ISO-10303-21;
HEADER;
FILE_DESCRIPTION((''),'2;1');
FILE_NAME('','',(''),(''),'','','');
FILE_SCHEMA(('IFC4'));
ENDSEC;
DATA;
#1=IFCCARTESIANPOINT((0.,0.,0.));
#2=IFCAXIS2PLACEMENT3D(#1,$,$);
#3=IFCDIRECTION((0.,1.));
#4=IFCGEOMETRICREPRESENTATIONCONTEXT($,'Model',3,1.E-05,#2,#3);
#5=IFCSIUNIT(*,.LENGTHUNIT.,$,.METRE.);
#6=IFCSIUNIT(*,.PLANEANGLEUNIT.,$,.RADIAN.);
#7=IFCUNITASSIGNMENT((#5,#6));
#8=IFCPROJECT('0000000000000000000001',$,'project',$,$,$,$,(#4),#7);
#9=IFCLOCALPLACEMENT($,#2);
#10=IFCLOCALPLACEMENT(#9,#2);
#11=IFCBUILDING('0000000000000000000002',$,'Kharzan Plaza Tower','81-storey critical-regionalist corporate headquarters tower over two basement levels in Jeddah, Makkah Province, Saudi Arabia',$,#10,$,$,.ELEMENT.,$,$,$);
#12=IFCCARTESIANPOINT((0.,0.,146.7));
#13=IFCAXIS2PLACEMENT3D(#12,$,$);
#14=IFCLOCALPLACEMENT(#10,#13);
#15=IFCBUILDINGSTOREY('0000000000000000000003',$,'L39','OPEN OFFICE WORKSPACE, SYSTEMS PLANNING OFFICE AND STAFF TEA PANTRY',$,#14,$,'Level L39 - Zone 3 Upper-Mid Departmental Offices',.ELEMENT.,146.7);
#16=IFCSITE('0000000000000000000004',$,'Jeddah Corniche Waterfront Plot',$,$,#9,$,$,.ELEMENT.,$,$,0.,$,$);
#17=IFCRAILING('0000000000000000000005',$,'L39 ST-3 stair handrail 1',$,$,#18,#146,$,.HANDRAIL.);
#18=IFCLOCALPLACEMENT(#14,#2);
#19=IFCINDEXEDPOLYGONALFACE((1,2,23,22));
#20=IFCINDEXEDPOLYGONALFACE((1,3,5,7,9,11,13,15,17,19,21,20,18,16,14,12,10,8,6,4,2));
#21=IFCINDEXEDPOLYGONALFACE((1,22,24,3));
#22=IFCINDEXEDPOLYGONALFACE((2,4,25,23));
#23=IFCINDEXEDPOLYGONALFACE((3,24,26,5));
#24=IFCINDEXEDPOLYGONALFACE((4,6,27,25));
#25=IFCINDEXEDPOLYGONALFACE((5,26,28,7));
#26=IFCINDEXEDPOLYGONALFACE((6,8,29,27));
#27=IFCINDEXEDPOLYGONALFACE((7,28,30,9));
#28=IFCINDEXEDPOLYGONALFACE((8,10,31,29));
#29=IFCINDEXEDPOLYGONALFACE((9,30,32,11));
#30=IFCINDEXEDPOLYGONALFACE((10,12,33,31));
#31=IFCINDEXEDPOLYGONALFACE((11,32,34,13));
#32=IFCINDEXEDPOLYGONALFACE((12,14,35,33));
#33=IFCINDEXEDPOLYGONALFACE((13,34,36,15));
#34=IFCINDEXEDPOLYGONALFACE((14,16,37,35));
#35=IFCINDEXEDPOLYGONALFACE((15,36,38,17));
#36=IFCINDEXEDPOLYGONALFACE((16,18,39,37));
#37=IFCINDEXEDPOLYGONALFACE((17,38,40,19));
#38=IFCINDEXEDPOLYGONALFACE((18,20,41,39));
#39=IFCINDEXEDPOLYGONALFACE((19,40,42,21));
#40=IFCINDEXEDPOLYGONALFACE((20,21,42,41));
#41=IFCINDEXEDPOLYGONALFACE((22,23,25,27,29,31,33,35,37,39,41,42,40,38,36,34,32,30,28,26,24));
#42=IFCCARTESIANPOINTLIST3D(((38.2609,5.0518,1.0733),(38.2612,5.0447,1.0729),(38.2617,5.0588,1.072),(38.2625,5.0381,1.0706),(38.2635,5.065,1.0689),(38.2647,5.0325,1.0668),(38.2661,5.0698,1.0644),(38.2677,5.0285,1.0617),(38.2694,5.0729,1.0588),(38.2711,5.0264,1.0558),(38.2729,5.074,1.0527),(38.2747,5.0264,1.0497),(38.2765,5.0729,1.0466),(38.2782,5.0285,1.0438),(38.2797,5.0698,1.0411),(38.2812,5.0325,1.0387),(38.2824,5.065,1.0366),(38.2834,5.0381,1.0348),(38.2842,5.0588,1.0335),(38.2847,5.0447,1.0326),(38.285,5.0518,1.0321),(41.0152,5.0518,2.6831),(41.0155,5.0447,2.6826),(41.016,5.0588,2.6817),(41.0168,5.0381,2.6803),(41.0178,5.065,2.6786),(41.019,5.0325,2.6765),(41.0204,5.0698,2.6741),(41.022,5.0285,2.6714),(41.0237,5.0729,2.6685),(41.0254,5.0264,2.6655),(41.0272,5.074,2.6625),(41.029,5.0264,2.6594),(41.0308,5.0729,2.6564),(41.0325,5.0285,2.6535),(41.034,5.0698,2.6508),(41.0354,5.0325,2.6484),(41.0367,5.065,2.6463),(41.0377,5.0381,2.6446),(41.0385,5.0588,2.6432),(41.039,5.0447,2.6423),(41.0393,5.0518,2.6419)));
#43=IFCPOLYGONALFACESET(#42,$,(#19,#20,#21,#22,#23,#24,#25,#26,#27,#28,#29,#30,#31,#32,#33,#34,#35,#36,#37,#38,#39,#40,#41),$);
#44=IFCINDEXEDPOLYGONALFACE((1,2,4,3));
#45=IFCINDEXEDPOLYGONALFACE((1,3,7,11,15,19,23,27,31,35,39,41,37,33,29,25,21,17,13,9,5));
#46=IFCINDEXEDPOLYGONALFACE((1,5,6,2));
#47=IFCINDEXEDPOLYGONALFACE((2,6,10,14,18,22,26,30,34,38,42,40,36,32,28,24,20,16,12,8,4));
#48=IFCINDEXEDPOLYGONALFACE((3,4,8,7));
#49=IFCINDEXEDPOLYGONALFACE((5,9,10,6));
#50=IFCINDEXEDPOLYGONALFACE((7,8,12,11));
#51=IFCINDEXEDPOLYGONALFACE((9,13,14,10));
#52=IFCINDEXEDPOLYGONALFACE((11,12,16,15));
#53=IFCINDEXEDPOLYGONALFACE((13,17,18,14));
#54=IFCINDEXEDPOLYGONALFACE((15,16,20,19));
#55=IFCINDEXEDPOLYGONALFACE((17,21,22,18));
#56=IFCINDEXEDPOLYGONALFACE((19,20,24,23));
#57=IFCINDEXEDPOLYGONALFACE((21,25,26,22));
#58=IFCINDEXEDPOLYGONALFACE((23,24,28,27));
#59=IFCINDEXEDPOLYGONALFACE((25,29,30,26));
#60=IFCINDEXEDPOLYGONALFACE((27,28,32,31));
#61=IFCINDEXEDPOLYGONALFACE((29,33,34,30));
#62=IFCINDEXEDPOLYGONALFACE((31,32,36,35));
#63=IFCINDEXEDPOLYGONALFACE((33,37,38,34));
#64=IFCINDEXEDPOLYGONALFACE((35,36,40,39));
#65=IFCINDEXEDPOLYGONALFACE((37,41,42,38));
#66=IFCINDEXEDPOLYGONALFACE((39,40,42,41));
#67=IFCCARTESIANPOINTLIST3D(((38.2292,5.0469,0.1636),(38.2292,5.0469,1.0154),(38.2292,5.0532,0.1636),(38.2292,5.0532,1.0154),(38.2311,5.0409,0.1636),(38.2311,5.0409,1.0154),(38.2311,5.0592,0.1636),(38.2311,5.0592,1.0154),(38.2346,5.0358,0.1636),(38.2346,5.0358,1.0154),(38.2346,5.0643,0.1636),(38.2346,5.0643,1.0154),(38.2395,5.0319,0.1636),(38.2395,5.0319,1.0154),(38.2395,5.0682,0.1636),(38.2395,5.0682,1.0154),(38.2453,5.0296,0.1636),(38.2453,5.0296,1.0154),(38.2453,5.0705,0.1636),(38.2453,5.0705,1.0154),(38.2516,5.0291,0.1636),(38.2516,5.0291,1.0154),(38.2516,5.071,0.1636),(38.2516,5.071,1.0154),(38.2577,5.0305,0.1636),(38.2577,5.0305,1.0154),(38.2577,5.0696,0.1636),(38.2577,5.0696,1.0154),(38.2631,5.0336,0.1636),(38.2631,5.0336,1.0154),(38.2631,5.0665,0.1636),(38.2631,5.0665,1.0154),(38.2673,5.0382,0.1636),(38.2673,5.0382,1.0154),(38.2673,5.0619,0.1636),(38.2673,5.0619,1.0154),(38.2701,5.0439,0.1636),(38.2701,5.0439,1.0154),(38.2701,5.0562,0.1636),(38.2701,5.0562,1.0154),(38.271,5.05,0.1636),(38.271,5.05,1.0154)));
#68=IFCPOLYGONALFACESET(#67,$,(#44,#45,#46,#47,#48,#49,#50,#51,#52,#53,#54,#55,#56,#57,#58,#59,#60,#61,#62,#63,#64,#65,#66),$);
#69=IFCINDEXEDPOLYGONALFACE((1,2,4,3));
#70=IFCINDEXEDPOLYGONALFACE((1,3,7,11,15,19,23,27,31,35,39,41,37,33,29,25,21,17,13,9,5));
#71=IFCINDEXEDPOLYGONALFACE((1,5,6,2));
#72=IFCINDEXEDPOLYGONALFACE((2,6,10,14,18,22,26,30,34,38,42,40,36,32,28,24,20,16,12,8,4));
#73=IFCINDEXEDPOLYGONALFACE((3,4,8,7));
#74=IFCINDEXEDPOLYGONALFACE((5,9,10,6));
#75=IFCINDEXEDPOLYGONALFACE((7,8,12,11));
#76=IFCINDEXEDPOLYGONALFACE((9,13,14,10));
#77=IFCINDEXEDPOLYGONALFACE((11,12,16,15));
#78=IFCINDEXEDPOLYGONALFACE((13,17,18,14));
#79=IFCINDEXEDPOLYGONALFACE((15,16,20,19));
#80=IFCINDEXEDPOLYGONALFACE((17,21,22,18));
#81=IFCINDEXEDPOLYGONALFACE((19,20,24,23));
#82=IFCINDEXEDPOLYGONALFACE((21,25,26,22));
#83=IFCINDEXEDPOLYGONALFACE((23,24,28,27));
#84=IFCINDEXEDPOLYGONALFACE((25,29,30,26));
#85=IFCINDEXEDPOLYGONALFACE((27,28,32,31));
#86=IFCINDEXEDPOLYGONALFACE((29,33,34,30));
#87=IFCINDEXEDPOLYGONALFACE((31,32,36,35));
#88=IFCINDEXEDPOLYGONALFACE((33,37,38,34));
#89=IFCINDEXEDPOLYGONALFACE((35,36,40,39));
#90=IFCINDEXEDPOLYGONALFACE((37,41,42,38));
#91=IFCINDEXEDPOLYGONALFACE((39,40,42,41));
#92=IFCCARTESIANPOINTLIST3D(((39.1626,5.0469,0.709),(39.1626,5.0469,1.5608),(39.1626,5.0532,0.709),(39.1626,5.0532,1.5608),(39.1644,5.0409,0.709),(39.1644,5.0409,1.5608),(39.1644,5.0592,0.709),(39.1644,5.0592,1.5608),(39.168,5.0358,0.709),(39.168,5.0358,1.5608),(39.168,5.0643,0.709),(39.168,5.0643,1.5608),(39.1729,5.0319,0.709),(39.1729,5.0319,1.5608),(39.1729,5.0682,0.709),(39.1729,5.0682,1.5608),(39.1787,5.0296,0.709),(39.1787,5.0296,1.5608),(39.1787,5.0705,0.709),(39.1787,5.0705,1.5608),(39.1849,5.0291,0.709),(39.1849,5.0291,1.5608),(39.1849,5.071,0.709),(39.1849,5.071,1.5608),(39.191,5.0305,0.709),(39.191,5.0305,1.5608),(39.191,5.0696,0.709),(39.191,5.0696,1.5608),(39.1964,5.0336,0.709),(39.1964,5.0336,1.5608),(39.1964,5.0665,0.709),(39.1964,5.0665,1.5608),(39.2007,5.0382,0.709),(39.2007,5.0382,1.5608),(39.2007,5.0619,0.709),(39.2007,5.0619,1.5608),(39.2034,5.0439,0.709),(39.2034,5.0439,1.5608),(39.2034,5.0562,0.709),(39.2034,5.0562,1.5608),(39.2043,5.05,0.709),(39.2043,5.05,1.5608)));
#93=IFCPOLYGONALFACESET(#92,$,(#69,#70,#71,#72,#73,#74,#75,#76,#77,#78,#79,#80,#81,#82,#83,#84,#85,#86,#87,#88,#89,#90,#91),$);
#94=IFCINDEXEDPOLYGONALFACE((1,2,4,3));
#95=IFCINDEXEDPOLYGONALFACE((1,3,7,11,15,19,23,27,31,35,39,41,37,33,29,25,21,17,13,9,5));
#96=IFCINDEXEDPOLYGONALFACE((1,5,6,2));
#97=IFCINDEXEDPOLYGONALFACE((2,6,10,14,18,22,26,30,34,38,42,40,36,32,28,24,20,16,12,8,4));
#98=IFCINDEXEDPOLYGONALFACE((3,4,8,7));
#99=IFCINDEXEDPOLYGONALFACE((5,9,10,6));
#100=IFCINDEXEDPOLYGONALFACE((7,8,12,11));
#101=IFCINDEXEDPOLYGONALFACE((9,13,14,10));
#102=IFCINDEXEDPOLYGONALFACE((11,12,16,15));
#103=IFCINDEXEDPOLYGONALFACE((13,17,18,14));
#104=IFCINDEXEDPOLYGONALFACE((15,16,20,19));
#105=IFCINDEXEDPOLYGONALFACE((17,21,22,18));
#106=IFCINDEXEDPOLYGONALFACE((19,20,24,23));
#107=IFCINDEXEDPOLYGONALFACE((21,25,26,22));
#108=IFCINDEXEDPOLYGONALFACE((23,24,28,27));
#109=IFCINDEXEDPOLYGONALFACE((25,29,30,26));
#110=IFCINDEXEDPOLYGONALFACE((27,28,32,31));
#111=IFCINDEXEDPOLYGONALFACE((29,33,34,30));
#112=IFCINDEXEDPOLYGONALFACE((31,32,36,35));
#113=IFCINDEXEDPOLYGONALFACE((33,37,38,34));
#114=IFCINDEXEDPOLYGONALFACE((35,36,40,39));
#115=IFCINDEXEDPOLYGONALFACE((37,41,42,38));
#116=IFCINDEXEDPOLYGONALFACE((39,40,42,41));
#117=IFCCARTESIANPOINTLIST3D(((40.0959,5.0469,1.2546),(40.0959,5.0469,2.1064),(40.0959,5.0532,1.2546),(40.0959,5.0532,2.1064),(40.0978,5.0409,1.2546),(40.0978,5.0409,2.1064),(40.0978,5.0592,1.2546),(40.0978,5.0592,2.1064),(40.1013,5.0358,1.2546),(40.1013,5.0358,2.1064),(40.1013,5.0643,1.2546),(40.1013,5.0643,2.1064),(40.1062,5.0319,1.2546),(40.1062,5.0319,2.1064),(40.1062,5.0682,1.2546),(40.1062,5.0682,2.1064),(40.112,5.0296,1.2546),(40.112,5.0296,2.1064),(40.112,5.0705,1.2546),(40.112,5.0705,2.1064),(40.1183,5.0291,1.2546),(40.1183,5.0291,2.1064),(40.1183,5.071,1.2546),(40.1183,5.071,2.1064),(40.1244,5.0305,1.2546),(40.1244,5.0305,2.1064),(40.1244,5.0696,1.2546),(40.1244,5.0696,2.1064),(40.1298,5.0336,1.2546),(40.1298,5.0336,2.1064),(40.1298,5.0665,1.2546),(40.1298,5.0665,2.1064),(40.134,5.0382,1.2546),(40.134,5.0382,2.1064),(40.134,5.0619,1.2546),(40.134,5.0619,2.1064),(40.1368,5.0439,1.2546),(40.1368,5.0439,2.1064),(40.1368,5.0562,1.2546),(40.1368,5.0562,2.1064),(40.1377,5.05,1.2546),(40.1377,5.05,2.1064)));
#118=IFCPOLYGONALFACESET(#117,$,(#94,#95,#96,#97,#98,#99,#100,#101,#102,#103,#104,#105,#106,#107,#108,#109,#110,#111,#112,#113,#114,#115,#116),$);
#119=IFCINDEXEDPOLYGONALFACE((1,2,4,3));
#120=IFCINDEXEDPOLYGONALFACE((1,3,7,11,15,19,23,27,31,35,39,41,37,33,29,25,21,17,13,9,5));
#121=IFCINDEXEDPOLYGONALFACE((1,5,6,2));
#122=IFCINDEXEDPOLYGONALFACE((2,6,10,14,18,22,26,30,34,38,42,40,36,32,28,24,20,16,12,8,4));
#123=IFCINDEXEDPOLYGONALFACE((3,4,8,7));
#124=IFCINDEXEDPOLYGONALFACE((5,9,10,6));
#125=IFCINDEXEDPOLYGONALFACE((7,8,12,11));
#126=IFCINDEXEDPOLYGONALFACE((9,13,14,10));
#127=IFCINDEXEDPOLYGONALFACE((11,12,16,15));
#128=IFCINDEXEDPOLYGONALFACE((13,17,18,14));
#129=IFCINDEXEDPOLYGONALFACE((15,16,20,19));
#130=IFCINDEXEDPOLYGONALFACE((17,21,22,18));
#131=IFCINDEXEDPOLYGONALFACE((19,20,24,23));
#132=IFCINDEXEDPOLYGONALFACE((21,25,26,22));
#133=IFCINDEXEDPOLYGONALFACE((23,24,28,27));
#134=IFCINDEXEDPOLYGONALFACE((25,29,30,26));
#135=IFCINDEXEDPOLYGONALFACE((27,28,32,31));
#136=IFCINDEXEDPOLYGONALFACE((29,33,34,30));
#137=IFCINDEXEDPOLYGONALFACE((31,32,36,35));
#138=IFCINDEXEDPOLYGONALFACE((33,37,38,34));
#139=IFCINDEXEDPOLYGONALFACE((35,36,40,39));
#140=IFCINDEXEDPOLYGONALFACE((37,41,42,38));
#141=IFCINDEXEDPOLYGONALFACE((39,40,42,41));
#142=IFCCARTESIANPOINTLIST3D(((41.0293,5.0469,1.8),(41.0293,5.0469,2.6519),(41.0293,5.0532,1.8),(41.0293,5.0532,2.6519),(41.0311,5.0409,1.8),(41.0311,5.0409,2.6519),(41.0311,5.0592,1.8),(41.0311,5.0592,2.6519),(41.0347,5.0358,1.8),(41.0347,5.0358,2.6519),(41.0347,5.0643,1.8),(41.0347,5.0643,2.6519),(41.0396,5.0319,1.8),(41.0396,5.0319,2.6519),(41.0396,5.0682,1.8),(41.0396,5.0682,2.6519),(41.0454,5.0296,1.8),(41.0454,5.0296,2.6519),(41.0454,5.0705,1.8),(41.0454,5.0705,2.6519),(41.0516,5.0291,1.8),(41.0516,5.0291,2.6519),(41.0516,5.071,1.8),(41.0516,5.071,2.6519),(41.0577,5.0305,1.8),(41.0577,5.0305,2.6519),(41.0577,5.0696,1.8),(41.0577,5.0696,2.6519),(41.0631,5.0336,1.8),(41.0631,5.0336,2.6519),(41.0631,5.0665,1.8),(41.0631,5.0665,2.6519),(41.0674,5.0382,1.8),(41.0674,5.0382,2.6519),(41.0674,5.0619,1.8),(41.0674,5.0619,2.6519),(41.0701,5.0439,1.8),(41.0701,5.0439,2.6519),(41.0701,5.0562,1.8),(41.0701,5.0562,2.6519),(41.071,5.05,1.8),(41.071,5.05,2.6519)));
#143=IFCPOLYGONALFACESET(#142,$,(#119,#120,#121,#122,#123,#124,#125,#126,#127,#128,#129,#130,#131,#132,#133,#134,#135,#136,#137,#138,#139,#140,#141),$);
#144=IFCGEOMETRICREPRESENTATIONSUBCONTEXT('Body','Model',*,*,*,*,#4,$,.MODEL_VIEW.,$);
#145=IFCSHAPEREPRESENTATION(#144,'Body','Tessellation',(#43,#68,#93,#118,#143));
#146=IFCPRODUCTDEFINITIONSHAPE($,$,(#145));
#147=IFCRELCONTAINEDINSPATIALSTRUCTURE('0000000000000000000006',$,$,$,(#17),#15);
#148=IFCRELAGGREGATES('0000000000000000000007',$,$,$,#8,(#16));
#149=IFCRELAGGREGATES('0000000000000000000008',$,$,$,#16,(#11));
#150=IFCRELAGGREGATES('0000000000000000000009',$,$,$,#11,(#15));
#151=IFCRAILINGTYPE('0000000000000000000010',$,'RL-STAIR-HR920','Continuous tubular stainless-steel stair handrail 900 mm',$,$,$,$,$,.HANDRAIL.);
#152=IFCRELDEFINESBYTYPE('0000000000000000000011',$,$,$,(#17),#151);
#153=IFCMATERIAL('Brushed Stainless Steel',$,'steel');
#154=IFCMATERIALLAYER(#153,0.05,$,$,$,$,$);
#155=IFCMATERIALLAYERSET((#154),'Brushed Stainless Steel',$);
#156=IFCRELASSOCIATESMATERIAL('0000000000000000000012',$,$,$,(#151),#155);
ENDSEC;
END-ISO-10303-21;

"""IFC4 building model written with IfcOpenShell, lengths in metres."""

from ifc_helpers import new_model, si_unit, direction, frame, origin, origin_2d, place, context, subcontext, project, spatial, circle, extrude, source, transform, mapped, material, layer, layer_set, type_object, element, save


model = new_model("IFC4")

# Units and contexts
model_context = context("Model", 3, precision=1e-05, world=origin(), true_north=direction((0.0, 1.0)))
body_context = subcontext(model_context, "Body", "Model", "MODEL_VIEW")
ifc_project = project(units=[si_unit("LENGTHUNIT", "METRE"), si_unit("PLANEANGLEUNIT", "RADIAN")], contexts=[model_context])

# Site, building, storey
site_placement = place(None, origin())
site = spatial("IfcSite", under=ifc_project, at=site_placement, Name="Jeddah Corniche Waterfront Plot", CompositionType="ELEMENT", RefElevation=0.0)
building_placement = place(site_placement, origin())
building = spatial("IfcBuilding", under=site, at=building_placement, Name="Kharzan Plaza Tower", Description="81-storey critical-regionalist corporate headquarters tower over two basement levels in Jeddah, Makkah Province, Saudi Arabia", CompositionType="ELEMENT")
storey_placement = place(building_placement, frame((0.0, 0.0, 146.7)))
storey = spatial("IfcBuildingStorey", under=building, at=storey_placement, Name="L39", Description="OPEN OFFICE WORKSPACE, SYSTEMS PLANNING OFFICE AND STAFF TEA PANTRY", LongName="Level L39 - Zone 3 Upper-Mid Departmental Offices", CompositionType="ELEMENT", Elevation=146.7)

# Railing
ifc_material_1 = material(Name="Brushed Stainless Steel", Category="steel")
ifc_layer_1 = layer(ifc_material_1, 0.05)
ifc_layer_set_1 = layer_set([ifc_layer_1], Name="Brushed Stainless Steel")
railing_type_1 = type_object("IfcRailingType", Name="RL-STAIR-HR920", Description="Continuous tubular stainless-steel stair handrail 900 mm", PredefinedType="HANDRAIL", material=ifc_layer_set_1)
shared_shape_1 = source(origin(), body_context, "Body", "SweptSolid", [
    extrude(circle(Radius=0.0239, at=origin_2d()), frame((0.0229, 0.0, 0.8892), z_axis=(0.863361, 0.0, 0.504587), x_axis=(0.0, 1.0, 0.0)), (0.0, 0.0, 1.0), 3.1902),
    extrude(circle(Radius=0.021, at=origin_2d()), origin(), (0.0, 0.0, 1.0), 0.8518),
    extrude(circle(Radius=0.021, at=origin_2d()), frame((0.9333, 0.0, 0.5454)), (0.0, 0.0, 1.0), 0.8518),
    extrude(circle(Radius=0.021, at=origin_2d()), frame((1.8667, 0.0, 1.0911)), (0.0, 0.0, 1.0), 0.8518),
    extrude(circle(Radius=0.021, at=origin_2d()), frame((2.8, 0.0, 1.6365)), (0.0, 0.0, 1.0), 0.8518),
])
railing_1_placement = place(storey_placement, frame((38.25, 5.05, 0.1636)))
element("IfcRailing", 1, at=railing_1_placement, inside=storey, type_object=railing_type_1, Name="L39 ST-3 stair handrail 1", PredefinedType="HANDRAIL", context=body_context, shape_type="MappedRepresentation", body=[
    mapped(shared_shape_1, transform((0.0, 0.0, 0.0), x_axis=(1.0, 0.0, 0.0), y_axis=(0.0, 1.0, 0.0), z_axis=(0.0, 0.0, 1.0))),
])

save(model, "model.ifc")
